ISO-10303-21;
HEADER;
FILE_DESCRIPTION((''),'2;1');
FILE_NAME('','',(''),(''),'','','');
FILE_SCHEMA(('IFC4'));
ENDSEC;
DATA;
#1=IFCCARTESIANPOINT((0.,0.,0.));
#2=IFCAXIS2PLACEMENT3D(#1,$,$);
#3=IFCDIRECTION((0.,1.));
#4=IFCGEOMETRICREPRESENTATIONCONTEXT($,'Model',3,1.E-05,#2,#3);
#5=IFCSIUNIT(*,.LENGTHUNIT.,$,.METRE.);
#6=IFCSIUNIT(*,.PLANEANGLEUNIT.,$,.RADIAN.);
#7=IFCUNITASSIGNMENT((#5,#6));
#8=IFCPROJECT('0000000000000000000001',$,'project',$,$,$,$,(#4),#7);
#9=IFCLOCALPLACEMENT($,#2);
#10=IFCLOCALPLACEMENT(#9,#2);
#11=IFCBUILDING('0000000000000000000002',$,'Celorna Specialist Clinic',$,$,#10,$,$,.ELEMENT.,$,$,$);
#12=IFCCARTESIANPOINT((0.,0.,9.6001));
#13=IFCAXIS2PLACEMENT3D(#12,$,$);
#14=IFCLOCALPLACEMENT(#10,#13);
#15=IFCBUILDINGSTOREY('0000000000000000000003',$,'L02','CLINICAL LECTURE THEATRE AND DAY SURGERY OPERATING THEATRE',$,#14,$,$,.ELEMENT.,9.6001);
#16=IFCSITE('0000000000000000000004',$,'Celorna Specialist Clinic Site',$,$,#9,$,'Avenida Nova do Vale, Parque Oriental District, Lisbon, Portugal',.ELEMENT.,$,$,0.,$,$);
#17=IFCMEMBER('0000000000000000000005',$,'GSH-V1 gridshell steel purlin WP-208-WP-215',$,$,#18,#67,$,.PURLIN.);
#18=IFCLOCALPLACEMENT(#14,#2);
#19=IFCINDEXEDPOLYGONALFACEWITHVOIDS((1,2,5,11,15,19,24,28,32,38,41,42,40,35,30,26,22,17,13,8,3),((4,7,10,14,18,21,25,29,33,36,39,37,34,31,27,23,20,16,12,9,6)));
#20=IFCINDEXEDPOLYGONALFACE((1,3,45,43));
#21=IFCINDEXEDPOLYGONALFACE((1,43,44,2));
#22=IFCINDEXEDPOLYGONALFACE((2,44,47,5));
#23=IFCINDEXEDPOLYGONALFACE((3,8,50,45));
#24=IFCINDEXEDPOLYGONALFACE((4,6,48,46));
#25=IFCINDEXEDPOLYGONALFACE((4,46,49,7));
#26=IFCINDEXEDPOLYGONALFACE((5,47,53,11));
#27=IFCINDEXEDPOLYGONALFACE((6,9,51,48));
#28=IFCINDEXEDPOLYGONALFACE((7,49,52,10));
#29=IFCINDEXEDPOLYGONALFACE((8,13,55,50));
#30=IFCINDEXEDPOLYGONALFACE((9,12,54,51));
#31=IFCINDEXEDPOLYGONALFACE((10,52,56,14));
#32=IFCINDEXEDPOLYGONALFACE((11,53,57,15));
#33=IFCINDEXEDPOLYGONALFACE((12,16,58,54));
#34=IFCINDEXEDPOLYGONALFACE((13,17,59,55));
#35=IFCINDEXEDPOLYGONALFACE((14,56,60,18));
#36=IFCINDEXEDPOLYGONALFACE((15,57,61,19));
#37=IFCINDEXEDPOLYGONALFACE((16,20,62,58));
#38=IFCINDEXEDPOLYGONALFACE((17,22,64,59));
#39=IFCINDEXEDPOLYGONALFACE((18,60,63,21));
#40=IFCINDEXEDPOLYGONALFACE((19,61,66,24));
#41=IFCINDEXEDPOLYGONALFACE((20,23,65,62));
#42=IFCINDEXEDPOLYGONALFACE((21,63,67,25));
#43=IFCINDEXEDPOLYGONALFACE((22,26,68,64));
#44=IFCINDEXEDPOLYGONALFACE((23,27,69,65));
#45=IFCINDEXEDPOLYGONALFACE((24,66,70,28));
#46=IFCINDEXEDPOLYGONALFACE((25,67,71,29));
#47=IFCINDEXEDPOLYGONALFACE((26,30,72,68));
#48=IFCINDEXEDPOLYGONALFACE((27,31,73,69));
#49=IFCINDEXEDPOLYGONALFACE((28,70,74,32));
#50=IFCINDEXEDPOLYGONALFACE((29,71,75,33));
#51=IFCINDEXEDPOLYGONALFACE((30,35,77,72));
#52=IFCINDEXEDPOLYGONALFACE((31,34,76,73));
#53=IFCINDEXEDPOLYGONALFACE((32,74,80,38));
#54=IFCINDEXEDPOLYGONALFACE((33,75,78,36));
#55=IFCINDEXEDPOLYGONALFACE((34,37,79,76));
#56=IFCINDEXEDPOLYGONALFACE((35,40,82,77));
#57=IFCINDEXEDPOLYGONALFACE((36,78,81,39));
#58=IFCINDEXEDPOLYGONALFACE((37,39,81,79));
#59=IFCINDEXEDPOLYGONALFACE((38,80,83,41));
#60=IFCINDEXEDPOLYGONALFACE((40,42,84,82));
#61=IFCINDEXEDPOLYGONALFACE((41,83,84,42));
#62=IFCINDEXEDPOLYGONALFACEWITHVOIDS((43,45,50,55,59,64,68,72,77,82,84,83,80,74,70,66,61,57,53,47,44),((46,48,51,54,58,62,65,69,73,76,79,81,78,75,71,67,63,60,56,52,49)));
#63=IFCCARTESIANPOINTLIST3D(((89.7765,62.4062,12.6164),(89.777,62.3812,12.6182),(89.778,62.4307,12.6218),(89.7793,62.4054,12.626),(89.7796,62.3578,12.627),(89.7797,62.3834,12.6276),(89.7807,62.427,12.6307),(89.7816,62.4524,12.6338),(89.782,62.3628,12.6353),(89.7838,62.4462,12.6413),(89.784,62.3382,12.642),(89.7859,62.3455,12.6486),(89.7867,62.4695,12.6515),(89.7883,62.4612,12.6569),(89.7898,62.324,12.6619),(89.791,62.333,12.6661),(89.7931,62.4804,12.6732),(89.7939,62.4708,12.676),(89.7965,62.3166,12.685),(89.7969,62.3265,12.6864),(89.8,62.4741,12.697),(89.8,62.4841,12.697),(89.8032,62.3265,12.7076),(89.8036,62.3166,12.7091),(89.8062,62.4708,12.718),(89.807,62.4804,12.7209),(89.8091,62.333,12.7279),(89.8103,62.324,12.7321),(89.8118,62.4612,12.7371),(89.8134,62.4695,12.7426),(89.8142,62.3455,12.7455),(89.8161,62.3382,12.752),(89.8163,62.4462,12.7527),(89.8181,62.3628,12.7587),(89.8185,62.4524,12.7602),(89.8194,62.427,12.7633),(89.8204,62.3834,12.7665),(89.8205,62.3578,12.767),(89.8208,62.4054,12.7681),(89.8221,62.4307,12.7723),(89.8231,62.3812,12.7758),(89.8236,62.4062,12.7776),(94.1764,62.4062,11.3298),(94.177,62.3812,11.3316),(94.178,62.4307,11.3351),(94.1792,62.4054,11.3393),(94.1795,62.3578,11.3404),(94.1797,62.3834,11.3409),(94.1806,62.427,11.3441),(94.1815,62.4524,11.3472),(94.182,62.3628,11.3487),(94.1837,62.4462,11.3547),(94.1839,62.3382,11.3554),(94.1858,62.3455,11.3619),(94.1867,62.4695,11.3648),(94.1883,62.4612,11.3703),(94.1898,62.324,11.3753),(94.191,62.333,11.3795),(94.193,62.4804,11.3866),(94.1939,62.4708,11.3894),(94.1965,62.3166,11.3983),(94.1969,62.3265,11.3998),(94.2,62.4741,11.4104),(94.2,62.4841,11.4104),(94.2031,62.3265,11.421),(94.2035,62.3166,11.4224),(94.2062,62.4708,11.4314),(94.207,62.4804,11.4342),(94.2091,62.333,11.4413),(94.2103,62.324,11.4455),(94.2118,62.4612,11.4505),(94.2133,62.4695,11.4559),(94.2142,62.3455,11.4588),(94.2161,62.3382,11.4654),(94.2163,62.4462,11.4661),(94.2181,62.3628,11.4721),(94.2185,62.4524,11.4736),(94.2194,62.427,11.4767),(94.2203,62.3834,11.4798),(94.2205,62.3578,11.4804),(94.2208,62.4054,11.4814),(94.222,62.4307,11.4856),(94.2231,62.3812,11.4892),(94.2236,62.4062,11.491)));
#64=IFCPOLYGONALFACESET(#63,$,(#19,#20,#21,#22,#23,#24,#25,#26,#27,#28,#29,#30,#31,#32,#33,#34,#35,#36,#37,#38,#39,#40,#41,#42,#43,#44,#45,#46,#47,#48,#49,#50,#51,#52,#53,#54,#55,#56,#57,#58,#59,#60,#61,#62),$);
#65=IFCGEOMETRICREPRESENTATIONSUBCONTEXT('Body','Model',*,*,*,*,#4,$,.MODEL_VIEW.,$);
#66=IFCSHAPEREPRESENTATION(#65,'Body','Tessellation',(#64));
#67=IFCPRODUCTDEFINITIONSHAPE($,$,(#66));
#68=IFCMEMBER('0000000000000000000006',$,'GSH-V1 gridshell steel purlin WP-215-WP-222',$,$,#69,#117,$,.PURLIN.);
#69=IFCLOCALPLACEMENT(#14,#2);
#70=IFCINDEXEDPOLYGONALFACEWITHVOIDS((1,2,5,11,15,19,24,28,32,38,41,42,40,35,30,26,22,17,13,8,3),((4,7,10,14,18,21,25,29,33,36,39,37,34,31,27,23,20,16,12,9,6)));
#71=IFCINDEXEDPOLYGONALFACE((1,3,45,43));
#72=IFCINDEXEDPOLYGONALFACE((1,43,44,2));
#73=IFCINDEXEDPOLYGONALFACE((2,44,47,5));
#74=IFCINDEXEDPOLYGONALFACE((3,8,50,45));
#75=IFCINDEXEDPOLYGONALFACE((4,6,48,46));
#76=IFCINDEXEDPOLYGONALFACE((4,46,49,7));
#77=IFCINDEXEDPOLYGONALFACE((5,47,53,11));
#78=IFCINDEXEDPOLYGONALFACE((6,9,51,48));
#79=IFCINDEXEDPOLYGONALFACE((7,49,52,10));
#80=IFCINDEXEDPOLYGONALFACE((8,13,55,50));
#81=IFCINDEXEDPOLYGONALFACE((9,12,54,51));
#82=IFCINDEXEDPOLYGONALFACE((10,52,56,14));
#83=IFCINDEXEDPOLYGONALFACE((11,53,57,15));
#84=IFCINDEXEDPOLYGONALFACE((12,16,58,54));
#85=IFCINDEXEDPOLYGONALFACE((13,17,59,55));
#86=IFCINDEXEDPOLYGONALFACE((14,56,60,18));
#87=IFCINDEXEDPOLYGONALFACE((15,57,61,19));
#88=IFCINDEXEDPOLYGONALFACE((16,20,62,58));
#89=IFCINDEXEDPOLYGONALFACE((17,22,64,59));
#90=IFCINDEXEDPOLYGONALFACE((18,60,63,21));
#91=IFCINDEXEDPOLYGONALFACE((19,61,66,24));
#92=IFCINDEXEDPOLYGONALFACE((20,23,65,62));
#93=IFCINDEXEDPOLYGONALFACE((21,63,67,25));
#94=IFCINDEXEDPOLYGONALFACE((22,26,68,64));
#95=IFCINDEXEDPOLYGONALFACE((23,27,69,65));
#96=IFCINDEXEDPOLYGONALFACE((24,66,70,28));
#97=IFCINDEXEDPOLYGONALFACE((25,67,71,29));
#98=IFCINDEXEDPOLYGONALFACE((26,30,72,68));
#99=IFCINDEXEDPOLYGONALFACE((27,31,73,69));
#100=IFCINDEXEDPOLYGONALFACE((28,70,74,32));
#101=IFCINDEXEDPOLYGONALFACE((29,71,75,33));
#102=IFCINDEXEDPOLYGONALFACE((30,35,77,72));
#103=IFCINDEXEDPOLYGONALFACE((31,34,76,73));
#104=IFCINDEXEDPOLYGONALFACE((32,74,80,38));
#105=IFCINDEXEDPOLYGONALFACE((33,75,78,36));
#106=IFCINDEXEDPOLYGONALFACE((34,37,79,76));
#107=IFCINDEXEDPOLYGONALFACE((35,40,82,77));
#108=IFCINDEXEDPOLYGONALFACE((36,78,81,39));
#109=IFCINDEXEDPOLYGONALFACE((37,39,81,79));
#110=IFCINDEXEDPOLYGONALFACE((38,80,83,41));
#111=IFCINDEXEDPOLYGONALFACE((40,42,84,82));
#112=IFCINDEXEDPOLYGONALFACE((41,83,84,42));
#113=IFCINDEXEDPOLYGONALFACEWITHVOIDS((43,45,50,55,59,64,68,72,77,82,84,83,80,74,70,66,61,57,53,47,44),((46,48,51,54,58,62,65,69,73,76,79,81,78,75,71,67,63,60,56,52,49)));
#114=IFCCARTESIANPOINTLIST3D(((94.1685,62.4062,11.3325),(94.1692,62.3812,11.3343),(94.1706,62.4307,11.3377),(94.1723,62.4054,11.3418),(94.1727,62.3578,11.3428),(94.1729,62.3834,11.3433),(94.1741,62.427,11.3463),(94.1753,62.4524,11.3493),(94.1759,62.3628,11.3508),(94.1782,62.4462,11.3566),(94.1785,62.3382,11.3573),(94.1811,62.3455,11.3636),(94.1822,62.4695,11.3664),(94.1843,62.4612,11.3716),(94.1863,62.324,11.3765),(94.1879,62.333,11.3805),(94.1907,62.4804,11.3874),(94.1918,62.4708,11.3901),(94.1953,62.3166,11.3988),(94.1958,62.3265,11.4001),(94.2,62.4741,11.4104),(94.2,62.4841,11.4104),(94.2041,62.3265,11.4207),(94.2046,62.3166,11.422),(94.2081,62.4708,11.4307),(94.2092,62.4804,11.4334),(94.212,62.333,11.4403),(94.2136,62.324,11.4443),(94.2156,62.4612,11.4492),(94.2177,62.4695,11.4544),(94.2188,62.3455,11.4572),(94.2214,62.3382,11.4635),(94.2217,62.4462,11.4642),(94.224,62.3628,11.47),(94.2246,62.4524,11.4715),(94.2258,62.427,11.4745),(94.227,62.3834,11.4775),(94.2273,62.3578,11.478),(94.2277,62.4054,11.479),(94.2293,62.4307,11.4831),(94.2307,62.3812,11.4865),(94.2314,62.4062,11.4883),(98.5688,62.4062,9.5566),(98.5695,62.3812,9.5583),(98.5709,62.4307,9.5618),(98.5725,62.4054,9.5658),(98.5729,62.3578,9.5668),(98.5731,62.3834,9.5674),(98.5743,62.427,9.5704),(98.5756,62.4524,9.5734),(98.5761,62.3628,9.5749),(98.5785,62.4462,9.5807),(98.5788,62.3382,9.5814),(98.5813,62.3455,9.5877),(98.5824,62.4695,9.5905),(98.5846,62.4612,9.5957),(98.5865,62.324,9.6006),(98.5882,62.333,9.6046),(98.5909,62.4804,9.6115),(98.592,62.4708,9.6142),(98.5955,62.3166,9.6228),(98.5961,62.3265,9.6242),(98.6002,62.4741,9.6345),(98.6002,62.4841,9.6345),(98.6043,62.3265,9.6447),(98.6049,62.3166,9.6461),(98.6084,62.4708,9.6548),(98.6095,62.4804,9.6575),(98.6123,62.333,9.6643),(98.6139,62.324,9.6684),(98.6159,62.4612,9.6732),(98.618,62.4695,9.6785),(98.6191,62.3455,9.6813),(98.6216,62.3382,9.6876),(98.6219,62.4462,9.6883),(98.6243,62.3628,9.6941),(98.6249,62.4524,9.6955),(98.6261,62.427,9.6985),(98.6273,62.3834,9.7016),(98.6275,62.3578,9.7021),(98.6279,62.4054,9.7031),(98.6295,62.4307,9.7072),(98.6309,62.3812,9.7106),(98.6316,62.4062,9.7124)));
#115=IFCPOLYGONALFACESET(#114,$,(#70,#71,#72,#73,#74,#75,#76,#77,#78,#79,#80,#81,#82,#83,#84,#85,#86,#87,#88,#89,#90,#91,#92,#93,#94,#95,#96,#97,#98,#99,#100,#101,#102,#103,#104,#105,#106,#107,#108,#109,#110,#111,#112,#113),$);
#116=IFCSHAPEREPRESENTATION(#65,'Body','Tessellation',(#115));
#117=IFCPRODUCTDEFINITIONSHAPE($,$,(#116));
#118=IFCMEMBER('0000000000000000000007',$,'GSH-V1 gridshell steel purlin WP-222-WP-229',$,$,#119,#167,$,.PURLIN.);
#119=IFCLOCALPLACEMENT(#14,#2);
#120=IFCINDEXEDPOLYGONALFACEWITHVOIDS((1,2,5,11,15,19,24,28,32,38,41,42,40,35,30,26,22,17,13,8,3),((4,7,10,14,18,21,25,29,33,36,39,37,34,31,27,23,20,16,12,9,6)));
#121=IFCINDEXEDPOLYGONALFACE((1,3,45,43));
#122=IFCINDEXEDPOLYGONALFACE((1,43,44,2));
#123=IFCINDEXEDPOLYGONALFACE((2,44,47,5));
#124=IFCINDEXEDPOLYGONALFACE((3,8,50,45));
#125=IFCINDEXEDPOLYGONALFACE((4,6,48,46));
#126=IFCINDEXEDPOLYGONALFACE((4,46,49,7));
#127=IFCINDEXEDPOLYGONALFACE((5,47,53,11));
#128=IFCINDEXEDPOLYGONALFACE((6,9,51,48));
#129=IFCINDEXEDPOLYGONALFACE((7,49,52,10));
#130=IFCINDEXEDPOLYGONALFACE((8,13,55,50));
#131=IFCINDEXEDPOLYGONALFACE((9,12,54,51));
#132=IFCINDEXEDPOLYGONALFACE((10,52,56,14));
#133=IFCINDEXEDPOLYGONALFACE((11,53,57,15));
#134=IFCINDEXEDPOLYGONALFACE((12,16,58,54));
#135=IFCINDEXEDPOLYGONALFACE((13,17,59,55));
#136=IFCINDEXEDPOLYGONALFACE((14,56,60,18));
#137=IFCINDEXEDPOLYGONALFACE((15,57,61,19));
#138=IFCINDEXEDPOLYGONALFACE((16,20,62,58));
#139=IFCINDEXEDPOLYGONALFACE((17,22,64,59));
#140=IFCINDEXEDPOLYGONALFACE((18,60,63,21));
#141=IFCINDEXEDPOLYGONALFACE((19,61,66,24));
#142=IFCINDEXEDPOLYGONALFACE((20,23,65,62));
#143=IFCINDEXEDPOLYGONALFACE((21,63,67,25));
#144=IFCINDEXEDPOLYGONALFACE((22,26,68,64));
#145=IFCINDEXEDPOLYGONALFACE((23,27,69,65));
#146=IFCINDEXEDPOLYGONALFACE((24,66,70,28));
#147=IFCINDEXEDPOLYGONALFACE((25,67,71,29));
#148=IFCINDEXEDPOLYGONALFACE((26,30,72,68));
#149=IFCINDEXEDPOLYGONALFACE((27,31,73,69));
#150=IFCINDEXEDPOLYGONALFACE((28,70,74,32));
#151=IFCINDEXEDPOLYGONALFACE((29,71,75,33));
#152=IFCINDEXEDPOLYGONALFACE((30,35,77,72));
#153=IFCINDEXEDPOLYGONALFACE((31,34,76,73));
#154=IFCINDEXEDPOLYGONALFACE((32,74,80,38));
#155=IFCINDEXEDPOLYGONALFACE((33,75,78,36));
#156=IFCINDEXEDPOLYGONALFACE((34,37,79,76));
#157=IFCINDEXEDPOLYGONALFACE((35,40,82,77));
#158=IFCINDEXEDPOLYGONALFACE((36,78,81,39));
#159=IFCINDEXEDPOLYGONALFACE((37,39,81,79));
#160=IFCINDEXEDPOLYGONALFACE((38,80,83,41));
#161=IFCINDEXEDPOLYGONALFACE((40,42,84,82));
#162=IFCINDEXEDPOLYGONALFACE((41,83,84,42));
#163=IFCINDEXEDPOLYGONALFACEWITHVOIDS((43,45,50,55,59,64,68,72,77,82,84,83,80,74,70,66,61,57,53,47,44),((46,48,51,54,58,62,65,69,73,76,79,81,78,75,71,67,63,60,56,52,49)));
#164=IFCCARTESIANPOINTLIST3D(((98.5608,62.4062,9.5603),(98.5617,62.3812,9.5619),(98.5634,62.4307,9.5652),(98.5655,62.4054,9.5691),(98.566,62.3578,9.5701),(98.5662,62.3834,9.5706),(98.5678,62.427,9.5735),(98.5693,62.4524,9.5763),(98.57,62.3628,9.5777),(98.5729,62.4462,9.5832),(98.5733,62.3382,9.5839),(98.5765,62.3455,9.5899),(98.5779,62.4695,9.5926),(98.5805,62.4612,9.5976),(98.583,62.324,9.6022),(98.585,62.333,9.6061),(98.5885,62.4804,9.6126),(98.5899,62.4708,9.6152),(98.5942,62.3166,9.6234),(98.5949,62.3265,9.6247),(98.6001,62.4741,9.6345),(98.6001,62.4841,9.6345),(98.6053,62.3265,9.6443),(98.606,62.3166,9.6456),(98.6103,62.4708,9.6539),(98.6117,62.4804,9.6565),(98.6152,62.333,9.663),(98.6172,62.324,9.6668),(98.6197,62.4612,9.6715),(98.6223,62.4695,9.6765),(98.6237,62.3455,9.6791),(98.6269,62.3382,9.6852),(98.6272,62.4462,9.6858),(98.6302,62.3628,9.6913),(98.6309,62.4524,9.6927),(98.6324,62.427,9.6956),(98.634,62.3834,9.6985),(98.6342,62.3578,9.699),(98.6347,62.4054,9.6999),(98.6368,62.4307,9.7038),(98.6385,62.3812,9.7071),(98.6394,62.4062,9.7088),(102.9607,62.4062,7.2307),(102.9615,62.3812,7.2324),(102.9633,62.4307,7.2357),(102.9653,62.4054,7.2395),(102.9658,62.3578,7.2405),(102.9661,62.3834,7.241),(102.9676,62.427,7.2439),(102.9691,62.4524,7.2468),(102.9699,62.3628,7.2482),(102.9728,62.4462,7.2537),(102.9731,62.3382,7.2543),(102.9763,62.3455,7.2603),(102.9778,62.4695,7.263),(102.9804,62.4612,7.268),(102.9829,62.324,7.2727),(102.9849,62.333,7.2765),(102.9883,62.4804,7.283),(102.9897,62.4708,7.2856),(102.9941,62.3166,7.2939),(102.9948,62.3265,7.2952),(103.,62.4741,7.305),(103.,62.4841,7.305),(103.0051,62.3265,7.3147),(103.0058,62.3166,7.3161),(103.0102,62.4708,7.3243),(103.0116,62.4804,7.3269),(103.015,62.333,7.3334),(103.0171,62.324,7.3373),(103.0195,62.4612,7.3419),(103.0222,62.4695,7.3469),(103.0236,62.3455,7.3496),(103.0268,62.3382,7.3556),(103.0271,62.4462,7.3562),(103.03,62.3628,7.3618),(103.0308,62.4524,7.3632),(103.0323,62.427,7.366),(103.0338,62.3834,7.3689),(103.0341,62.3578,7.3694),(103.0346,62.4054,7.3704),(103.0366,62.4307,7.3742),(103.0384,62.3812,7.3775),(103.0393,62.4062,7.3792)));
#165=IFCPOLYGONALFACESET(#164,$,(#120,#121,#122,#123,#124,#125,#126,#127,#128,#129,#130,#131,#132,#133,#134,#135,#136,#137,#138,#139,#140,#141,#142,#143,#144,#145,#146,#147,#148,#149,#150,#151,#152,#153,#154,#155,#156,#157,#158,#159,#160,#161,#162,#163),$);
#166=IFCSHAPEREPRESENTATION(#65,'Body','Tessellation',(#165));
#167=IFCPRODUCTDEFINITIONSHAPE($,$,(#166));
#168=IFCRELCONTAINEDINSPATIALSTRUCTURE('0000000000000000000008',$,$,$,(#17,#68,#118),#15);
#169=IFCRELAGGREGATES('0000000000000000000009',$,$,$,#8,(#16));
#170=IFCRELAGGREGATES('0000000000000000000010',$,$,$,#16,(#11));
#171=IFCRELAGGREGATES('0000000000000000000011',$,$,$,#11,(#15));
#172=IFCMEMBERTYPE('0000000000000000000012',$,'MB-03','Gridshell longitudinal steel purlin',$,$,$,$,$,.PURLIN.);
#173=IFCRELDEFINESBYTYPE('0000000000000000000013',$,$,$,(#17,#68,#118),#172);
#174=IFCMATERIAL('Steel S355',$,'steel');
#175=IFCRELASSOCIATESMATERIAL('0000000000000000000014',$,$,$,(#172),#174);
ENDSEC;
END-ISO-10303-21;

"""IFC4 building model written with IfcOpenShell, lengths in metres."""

from ifc_helpers import new_model, si_unit, direction, frame, origin, origin_2d, place, context, subcontext, project, spatial, hollow_circle, extrude, material, material_profile, profile_set, type_object, element, save


model = new_model("IFC4")

# Units and contexts
model_context = context("Model", 3, precision=1e-05, world=origin(), true_north=direction((0.0, 1.0)))
body_context = subcontext(model_context, "Body", "Model", "MODEL_VIEW")
ifc_project = project(units=[si_unit("LENGTHUNIT", "METRE"), si_unit("PLANEANGLEUNIT", "RADIAN")], contexts=[model_context])

# Site, building, storey
site_placement = place(None, origin())
site = spatial("IfcSite", under=ifc_project, at=site_placement, Name="Celorna Specialist Clinic Site", LongName="Avenida Nova do Vale, Parque Oriental District, Lisbon, Portugal", CompositionType="ELEMENT", RefElevation=0.0)
building_placement = place(site_placement, origin())
building = spatial("IfcBuilding", under=site, at=building_placement, Name="Celorna Specialist Clinic", CompositionType="ELEMENT")
storey_placement = place(building_placement, frame((0.0, 0.0, 9.6001)))
storey = spatial("IfcBuildingStorey", under=building, at=storey_placement, Name="L02", Description="CLINICAL LECTURE THEATRE AND DAY SURGERY OPERATING THEATRE", CompositionType="ELEMENT", Elevation=9.6001)

# Members
ifc_material_1 = material(Name="Steel S355", Category="steel")
ifc_material_profile_1 = material_profile(ifc_material_1, hollow_circle(Radius=0.0842, WallThickness=0.01, at=origin_2d()), Name="CHS 168.3x10")
ifc_profile_set_1 = profile_set([ifc_material_profile_1], Name="Steel S355")
member_type_1 = type_object("IfcMemberType", Name="MB-03", Description="Gridshell longitudinal steel purlin", PredefinedType="PURLIN", material=ifc_profile_set_1)
member_1_placement = place(storey_placement, frame((89.8, 62.3999, 12.697), z_axis=(0.959805, 0.0, -0.280667), x_axis=(0.0, 1.0, 0.0)))
element("IfcMember", 1, at=member_1_placement, inside=storey, type_object=member_type_1, Name="GSH-V1 gridshell steel purlin WP-208-WP-215", PredefinedType="PURLIN", context=body_context, shape_type="SweptSolid", body=[
    extrude(hollow_circle(Radius=0.0842, WallThickness=0.01, at=origin_2d()), origin(), (0.0, 0.0, 1.0), 4.5842),
])
member_2_placement = place(storey_placement, frame((94.2, 62.3999, 11.4104), z_axis=(0.927323, 0.0, -0.374263), x_axis=(0.0, 1.0, 0.0)))
element("IfcMember", 2, at=member_2_placement, inside=storey, type_object=member_type_1, Name="GSH-V1 gridshell steel purlin WP-215-WP-222", PredefinedType="PURLIN", context=body_context, shape_type="SweptSolid", body=[
    extrude(hollow_circle(Radius=0.0842, WallThickness=0.01, at=origin_2d()), origin(), (0.0, 0.0, 1.0), 4.7451),
])
member_3_placement = place(storey_placement, frame((98.6001, 62.3999, 9.6345), z_axis=(0.883769, 0.0, -0.467924), x_axis=(0.0, 1.0, 0.0)))
element("IfcMember", 3, at=member_3_placement, inside=storey, type_object=member_type_1, Name="GSH-V1 gridshell steel purlin WP-222-WP-229", PredefinedType="PURLIN", context=body_context, shape_type="SweptSolid", body=[
    extrude(hollow_circle(Radius=0.0842, WallThickness=0.01, at=origin_2d()), origin(), (0.0, 0.0, 1.0), 4.9785),
])

save(model, "model.ifc")
